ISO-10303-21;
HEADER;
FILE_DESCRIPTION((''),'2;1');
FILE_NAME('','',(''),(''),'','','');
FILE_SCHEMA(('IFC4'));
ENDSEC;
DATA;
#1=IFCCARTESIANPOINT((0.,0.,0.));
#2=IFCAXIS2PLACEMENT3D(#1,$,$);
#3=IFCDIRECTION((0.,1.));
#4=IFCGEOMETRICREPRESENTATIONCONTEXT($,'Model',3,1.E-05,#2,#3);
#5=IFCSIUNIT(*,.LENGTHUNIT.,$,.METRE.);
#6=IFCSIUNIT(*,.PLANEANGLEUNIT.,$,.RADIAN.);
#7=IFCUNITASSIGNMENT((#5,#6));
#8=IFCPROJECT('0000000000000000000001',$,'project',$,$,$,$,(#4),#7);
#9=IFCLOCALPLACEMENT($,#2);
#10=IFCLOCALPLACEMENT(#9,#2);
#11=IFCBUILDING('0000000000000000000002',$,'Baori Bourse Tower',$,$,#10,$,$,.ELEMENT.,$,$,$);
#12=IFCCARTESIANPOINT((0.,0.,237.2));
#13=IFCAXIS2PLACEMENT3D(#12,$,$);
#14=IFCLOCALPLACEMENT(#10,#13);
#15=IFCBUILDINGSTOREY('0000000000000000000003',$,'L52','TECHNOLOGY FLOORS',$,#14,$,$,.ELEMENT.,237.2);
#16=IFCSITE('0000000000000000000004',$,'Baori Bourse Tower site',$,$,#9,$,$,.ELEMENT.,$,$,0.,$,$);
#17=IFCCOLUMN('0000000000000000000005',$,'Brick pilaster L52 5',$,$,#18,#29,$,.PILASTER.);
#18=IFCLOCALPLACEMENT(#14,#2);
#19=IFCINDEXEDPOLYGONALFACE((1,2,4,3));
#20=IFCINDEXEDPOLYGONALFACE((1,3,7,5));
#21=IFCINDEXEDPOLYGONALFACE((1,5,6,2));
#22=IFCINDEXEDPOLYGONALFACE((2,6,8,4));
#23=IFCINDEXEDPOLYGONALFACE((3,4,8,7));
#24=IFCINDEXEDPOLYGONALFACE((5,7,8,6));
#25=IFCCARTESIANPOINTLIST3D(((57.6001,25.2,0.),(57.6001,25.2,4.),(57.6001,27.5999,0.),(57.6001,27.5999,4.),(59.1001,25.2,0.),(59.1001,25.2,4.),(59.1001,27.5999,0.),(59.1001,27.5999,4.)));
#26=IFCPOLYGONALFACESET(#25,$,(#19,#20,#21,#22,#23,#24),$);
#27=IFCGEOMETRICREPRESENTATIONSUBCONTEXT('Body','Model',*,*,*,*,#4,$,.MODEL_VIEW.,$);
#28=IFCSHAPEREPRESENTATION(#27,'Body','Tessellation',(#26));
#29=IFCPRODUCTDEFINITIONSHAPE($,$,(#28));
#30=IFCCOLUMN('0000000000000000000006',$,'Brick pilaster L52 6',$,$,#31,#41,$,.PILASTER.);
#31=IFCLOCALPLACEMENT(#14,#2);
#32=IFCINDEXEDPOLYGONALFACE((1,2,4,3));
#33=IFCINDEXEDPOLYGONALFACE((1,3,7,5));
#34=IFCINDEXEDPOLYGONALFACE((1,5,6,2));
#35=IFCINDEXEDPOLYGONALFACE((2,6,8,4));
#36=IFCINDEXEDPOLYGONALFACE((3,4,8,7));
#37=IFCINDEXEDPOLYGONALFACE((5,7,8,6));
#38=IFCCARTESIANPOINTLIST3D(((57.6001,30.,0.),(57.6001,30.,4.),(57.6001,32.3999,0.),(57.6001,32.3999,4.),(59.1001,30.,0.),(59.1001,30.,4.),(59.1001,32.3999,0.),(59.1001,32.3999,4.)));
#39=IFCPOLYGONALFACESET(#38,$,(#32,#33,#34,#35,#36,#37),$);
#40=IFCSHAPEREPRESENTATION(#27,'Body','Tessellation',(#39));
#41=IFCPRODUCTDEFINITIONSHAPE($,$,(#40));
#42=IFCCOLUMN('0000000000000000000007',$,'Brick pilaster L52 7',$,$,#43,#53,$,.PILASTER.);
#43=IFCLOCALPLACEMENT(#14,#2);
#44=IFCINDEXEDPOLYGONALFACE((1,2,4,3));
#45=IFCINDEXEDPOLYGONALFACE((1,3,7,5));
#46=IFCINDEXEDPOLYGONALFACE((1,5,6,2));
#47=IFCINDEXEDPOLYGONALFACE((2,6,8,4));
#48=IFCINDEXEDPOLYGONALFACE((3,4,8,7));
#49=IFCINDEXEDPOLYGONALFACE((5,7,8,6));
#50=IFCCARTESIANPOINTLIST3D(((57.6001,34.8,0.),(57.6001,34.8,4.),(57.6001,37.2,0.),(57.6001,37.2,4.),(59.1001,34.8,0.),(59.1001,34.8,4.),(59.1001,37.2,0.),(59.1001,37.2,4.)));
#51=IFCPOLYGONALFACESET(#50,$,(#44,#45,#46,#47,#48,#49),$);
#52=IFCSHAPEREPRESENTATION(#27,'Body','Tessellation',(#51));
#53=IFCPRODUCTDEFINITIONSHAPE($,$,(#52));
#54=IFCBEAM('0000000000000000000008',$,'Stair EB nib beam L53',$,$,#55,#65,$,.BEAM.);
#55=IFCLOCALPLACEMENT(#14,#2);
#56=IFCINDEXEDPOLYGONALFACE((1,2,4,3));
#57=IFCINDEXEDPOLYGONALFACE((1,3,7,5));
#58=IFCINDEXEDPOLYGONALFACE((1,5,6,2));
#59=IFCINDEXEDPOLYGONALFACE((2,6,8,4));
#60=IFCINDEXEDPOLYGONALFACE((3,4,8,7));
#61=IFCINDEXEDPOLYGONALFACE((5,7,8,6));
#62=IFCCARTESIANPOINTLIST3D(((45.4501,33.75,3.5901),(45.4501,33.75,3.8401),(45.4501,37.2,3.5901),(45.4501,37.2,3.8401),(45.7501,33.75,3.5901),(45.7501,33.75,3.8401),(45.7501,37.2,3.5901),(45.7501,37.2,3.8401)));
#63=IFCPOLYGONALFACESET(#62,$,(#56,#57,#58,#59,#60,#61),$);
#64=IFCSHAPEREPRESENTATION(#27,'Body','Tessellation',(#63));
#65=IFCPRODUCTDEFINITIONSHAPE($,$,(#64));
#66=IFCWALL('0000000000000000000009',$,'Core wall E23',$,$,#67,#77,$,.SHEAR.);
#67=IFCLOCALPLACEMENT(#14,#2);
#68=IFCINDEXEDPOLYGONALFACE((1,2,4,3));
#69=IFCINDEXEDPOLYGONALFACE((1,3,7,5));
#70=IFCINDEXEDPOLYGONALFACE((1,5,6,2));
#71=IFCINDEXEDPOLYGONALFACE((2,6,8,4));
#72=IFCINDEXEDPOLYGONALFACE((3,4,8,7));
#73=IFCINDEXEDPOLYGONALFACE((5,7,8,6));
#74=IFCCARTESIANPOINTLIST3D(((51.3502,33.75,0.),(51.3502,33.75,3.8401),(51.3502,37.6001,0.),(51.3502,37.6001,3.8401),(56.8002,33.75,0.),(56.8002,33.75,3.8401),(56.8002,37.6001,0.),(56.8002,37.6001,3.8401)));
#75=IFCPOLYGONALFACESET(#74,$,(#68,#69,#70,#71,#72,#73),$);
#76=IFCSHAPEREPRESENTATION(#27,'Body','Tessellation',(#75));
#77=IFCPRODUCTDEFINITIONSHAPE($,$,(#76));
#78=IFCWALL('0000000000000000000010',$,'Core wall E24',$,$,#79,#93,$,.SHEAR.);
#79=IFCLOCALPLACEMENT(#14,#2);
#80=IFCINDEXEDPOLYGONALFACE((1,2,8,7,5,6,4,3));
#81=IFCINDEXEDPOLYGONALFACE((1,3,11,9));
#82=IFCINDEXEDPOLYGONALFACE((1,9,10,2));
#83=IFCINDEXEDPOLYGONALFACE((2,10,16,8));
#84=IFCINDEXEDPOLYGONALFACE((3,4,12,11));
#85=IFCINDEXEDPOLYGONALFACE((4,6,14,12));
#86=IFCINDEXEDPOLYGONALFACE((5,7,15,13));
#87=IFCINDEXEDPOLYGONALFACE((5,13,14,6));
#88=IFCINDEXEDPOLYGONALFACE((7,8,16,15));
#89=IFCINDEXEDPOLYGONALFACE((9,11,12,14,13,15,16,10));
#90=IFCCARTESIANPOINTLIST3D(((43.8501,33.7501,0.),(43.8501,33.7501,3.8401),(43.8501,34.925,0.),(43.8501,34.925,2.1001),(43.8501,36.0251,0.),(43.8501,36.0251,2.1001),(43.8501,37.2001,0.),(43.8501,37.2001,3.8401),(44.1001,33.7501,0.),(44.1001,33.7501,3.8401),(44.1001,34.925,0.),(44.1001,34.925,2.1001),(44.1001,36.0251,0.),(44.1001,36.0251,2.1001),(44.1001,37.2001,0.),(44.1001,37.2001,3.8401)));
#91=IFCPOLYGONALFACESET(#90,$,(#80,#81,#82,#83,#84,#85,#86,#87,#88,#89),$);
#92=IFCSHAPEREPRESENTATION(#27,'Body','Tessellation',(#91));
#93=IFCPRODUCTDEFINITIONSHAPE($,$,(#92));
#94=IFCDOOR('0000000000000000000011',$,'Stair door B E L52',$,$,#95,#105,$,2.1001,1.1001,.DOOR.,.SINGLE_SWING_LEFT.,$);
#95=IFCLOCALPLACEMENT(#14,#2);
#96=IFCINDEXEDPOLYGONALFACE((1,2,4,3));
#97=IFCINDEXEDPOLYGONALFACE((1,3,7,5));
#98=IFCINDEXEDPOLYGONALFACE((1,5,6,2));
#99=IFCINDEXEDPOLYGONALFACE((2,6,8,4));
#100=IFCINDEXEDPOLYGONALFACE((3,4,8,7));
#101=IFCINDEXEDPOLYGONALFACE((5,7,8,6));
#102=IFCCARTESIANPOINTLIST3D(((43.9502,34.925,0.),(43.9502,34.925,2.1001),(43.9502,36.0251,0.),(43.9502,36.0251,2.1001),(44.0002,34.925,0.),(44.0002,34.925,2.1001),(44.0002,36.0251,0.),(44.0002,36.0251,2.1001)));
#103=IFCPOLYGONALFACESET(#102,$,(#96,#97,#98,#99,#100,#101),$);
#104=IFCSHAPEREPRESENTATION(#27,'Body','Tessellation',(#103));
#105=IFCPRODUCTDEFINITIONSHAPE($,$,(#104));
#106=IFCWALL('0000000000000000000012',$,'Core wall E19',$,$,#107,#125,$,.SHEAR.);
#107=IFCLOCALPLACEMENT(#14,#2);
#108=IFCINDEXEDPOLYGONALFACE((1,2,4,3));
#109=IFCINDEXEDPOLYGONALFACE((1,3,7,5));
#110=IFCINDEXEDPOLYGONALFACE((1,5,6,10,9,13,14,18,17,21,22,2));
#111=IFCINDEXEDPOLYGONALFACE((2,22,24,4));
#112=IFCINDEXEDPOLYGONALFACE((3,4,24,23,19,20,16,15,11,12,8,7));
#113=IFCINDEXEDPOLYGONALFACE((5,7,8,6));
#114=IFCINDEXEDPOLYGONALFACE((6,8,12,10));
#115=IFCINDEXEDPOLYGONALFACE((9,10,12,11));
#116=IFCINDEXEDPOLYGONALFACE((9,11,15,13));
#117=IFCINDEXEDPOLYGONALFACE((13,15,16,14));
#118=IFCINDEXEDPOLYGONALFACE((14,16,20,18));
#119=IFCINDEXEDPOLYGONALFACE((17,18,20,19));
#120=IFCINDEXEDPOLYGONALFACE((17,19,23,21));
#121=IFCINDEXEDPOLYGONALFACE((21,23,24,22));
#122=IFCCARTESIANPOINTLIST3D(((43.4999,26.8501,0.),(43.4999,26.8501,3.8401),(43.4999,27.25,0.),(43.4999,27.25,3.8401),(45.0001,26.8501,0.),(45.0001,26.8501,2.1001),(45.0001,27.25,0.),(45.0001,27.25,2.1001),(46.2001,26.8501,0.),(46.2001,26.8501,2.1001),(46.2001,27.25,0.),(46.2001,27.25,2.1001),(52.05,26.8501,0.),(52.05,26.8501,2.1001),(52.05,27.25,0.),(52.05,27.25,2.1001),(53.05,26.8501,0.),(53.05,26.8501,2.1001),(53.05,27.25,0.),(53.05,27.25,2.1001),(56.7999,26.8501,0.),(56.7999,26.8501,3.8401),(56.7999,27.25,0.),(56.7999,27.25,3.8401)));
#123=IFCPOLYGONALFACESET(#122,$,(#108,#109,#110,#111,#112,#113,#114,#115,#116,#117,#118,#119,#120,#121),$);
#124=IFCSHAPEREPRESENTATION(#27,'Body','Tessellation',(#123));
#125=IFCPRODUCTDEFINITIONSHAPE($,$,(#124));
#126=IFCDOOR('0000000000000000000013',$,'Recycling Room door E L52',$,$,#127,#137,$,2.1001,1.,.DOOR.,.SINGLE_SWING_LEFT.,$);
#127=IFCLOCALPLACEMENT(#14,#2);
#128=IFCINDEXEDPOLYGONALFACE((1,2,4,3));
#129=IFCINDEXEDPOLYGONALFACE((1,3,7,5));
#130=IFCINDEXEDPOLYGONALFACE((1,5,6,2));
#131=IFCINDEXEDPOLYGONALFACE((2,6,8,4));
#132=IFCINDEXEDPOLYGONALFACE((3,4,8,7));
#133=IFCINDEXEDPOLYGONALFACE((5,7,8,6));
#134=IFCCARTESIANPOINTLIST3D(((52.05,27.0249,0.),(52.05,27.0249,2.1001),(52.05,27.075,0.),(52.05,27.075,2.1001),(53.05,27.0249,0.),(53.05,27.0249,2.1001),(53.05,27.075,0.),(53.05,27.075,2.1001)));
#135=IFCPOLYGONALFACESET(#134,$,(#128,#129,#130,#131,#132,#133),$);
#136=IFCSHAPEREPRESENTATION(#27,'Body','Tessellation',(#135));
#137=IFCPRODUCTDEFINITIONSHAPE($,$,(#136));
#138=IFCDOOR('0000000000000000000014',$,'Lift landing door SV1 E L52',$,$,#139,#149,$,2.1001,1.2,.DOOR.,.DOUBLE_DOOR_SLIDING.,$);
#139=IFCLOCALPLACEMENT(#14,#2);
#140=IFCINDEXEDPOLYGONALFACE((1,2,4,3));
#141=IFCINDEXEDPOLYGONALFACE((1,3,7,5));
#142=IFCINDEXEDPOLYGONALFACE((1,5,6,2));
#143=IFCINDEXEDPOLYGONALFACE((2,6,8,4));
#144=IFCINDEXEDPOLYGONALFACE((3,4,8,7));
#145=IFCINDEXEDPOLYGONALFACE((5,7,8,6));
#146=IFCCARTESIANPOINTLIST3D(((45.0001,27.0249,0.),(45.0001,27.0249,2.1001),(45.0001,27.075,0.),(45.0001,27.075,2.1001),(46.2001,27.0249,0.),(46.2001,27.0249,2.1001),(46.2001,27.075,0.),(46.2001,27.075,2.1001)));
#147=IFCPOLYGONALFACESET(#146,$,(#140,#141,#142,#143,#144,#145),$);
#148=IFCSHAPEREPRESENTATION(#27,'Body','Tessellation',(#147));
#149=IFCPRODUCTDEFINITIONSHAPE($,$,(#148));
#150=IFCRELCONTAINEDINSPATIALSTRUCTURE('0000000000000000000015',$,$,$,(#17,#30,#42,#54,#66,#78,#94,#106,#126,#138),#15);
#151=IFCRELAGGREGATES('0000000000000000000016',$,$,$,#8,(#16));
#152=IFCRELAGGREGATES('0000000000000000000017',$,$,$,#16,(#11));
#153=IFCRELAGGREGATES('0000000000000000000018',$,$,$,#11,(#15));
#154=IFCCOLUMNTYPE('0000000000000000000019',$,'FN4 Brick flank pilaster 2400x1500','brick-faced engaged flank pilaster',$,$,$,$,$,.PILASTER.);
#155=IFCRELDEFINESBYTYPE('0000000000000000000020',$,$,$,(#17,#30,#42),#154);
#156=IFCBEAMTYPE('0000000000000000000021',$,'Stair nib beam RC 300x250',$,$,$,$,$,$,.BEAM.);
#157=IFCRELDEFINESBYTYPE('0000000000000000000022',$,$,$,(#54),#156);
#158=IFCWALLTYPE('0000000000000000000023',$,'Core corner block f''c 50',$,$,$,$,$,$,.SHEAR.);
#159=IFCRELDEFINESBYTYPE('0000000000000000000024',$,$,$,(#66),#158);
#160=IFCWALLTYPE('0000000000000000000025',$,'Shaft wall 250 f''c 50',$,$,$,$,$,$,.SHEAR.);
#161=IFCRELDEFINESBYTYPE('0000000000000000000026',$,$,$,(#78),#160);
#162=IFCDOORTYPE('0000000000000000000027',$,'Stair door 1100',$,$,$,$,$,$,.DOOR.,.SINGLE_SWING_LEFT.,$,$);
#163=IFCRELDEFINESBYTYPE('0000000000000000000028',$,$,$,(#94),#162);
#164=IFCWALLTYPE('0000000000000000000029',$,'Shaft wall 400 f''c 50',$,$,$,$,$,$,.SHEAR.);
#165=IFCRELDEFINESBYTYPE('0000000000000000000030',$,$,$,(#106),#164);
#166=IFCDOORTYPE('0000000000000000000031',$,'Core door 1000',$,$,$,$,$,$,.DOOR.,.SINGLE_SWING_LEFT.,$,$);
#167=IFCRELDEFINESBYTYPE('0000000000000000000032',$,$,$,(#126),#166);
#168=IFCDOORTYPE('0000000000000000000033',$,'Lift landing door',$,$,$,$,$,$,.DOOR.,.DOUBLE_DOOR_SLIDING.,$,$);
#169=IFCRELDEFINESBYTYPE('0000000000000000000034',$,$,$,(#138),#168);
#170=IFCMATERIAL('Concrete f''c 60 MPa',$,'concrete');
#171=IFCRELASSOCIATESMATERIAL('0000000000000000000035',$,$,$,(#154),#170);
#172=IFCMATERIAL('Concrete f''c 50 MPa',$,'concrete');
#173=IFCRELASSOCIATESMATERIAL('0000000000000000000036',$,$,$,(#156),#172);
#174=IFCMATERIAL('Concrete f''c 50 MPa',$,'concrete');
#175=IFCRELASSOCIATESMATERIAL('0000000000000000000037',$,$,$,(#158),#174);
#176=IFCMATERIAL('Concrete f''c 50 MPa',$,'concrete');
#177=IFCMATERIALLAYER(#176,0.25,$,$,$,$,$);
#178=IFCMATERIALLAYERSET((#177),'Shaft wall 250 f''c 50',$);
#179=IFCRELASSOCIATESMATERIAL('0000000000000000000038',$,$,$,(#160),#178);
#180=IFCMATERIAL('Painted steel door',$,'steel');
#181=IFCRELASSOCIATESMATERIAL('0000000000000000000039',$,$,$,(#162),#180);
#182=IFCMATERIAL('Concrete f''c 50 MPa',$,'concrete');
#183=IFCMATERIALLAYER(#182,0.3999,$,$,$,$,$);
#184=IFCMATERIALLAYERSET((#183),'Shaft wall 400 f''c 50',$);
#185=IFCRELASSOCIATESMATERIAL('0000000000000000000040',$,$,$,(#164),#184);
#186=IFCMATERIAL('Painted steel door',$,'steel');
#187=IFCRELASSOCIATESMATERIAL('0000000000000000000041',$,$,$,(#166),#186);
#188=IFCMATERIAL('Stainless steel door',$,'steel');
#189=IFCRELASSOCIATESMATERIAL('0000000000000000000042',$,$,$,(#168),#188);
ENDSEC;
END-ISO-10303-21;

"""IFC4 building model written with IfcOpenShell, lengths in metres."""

from ifc_helpers import new_model, si_unit, direction, frame, frame_2d, origin, origin_2d, place, context, subcontext, project, spatial, rectangle, extrude, material, layer, layer_set, material_profile, profile_set, type_object, element, fill, save


model = new_model("IFC4")

# Units and contexts
model_context = context("Model", 3, precision=1e-05, world=origin(), true_north=direction((0.0, 1.0)))
body_context = subcontext(model_context, "Body", "Model", "MODEL_VIEW")
ifc_project = project(units=[si_unit("LENGTHUNIT", "METRE"), si_unit("PLANEANGLEUNIT", "RADIAN")], contexts=[model_context])

# Site, building, storey
site_placement = place(None, origin())
site = spatial("IfcSite", under=ifc_project, at=site_placement, Name="Baori Bourse Tower site", CompositionType="ELEMENT", RefElevation=0.0)
building_placement = place(site_placement, origin())
building = spatial("IfcBuilding", under=site, at=building_placement, Name="Baori Bourse Tower", CompositionType="ELEMENT")
storey_placement = place(building_placement, frame((0.0, 0.0, 237.2)))
storey = spatial("IfcBuildingStorey", under=building, at=storey_placement, Name="L52", Description="TECHNOLOGY FLOORS", CompositionType="ELEMENT", Elevation=237.2)

# Columns
ifc_material_1 = material(Name="Concrete f'c 60 MPa", Category="concrete")
ifc_material_profile_1 = material_profile(ifc_material_1, rectangle(XDim=2.3999, YDim=1.5, at=origin_2d()), Name="RC 2400x1500")
ifc_profile_set_1 = profile_set([ifc_material_profile_1], Name="Concrete f'c 60 MPa")
column_type = type_object("IfcColumnType", Name="FN4 Brick flank pilaster 2400x1500", Description="brick-faced engaged flank pilaster", PredefinedType="PILASTER", material=ifc_profile_set_1)
for number, where, z_axis, x_axis, name in (
    (1, (58.3501, 26.3999, 0.0), (0.0, 0.0, 1.0), (0.0, 1.0, 0.0), "Brick pilaster L52 5"),
    (2, (58.3501, 31.2, 0.0), (0.0, 0.0, 1.0), (0.0, 1.0, 0.0), "Brick pilaster L52 6"),
    (3, (58.3501, 36.0, 0.0), (0.0, 0.0, 1.0), (0.0, 1.0, 0.0), "Brick pilaster L52 7"),
):
    element("IfcColumn", number, at=place(storey_placement, frame(where, z_axis=z_axis, x_axis=x_axis)), inside=storey, type_object=column_type, Name=name, PredefinedType="PILASTER", context=body_context, shape_type="SweptSolid", body=[
        extrude(rectangle(XDim=2.3999, YDim=1.5, at=origin_2d()), origin(), (0.0, 0.0, 1.0), 4.0),
    ])

# Beam
ifc_material_2 = material(Name="Concrete f'c 50 MPa", Category="concrete")
ifc_material_profile_2 = material_profile(ifc_material_2, rectangle(XDim=0.3, YDim=0.25, at=origin_2d()), Name="RC 300x250")
ifc_profile_set_2 = profile_set([ifc_material_profile_2], Name="Concrete f'c 50 MPa")
beam_type = type_object("IfcBeamType", Name="Stair nib beam RC 300x250", PredefinedType="BEAM", material=ifc_profile_set_2)
beam_placement = place(storey_placement, frame((45.6001, 33.75, 3.7151), z_axis=(0.0, 1.0, 0.0), x_axis=(-1.0, 0.0, 0.0)))
element("IfcBeam", 4, at=beam_placement, inside=storey, type_object=beam_type, Name="Stair EB nib beam L53", PredefinedType="BEAM", context=body_context, shape_type="SweptSolid", body=[
    extrude(rectangle(XDim=0.3, YDim=0.25, at=origin_2d()), origin(), (0.0, 0.0, 1.0), 3.45),
])

# Wall
ifc_material_3 = material(Name="Concrete f'c 50 MPa", Category="concrete")
wall_type_1 = type_object("IfcWallType", Name="Core corner block f'c 50", PredefinedType="SHEAR", material=ifc_material_3)
wall_1_placement = place(storey_placement, frame((51.3501, 35.675, 0.0), z_axis=(0.0, 0.0, 1.0), x_axis=(1.0, 0.0, 0.0)))
element("IfcWall", 5, at=wall_1_placement, inside=storey, type_object=wall_type_1, Name="Core wall E23", PredefinedType="SHEAR", context=body_context, shape_type="SweptSolid", body=[
    extrude(rectangle(XDim=5.45, YDim=3.8501, at=frame_2d((2.7251, 0.0))), origin(), (0.0, 0.0, 1.0), 3.8401),
])

# Wall, opening, door
ifc_material_4 = material(Name="Concrete f'c 50 MPa", Category="concrete")
ifc_layer_1 = layer(ifc_material_4, 0.25)
ifc_layer_set_1 = layer_set([ifc_layer_1], Name="Shaft wall 250 f'c 50")
wall_type_2 = type_object("IfcWallType", Name="Shaft wall 250 f'c 50", PredefinedType="SHEAR", material=ifc_layer_set_1)
wall_2_placement = place(storey_placement, frame((43.9751, 33.75, 0.0), z_axis=(0.0, 0.0, 1.0), x_axis=(0.0, 1.0, 0.0)))
wall_2 = element("IfcWall", 6, at=wall_2_placement, inside=storey, type_object=wall_type_2, Name="Core wall E24", PredefinedType="SHEAR", context=body_context, shape_type="SweptSolid", body=[
    extrude(rectangle(XDim=3.45, YDim=0.25, at=frame_2d((1.7251, 0.0))), origin(), (0.0, 0.0, 1.0), 3.8401),
])
opening_1_placement = place(wall_2_placement, frame((1.175, 0.0, 0.0)))
opening_1 = element("IfcOpeningElement", 7, at=opening_1_placement, cuts=wall_2, PredefinedType="OPENING", context=body_context, shape_type="SweptSolid", body=[
    extrude(rectangle(XDim=1.1001, YDim=2.1001, at=frame_2d((0.55, 1.05))), frame((0.0, 0.135, 0.0), z_axis=(0.0, -1.0, 0.0), x_axis=(1.0, 0.0, 0.0)), (0.0, 0.0, 1.0), 0.27),
])
ifc_material_5 = material(Name="Painted steel door", Category="steel")
door_type_1 = type_object("IfcDoorType", Name="Stair door 1100", OperationType="SINGLE_SWING_LEFT", PredefinedType="DOOR", material=ifc_material_5)
door_1_placement = place(opening_1_placement, origin())
door_1 = element("IfcDoor", 8, at=door_1_placement, inside=storey, type_object=door_type_1, Name="Stair door B E L52", OperationType="SINGLE_SWING_LEFT", OverallHeight=2.1001, OverallWidth=1.1001, PredefinedType="DOOR", context=body_context, shape_type="SweptSolid", body=[
    extrude(rectangle(XDim=1.1001, YDim=2.1001, at=frame_2d((0.55, 1.05))), frame((0.0, 0.0249, 0.0), z_axis=(0.0, -1.0, 0.0), x_axis=(1.0, 0.0, 0.0)), (0.0, 0.0, 1.0), 0.05),
])
fill(opening_1, door_1)

# Wall, openings, doors
ifc_material_6 = material(Name="Concrete f'c 50 MPa", Category="concrete")
ifc_layer_2 = layer(ifc_material_6, 0.3999)
ifc_layer_set_2 = layer_set([ifc_layer_2], Name="Shaft wall 400 f'c 50")
wall_type_3 = type_object("IfcWallType", Name="Shaft wall 400 f'c 50", PredefinedType="SHEAR", material=ifc_layer_set_2)
wall_3_placement = place(storey_placement, frame((43.5, 27.05, 0.0), z_axis=(0.0, 0.0, 1.0), x_axis=(1.0, 0.0, 0.0)))
wall_3 = element("IfcWall", 9, at=wall_3_placement, inside=storey, type_object=wall_type_3, Name="Core wall E19", PredefinedType="SHEAR", context=body_context, shape_type="SweptSolid", body=[
    extrude(rectangle(XDim=13.3, YDim=0.3999, at=frame_2d((6.6499, 0.0))), origin(), (0.0, 0.0, 1.0), 3.8401),
])
opening_2_placement = place(wall_3_placement, frame((8.55, 0.0, 0.0)))
opening_2 = element("IfcOpeningElement", 10, at=opening_2_placement, cuts=wall_3, PredefinedType="OPENING", context=body_context, shape_type="SweptSolid", body=[
    extrude(rectangle(XDim=1.0, YDim=2.1001, at=frame_2d((0.5, 1.05))), frame((0.0, 0.21, 0.0), z_axis=(0.0, -1.0, 0.0), x_axis=(1.0, 0.0, 0.0)), (0.0, 0.0, 1.0), 0.4199),
])
opening_3_placement = place(wall_3_placement, frame((1.5, 0.0, 0.0)))
opening_3 = element("IfcOpeningElement", 11, at=opening_3_placement, cuts=wall_3, PredefinedType="OPENING", context=body_context, shape_type="SweptSolid", body=[
    extrude(rectangle(XDim=1.2, YDim=2.1001, at=frame_2d((0.6001, 1.05))), frame((0.0, 0.21, 0.0), z_axis=(0.0, -1.0, 0.0), x_axis=(1.0, 0.0, 0.0)), (0.0, 0.0, 1.0), 0.4199),
])
ifc_material_7 = material(Name="Painted steel door", Category="steel")
door_type_2 = type_object("IfcDoorType", Name="Core door 1000", OperationType="SINGLE_SWING_LEFT", PredefinedType="DOOR", material=ifc_material_7)
door_2_placement = place(opening_2_placement, origin())
door_2 = element("IfcDoor", 12, at=door_2_placement, inside=storey, type_object=door_type_2, Name="Recycling Room door E L52", OperationType="SINGLE_SWING_LEFT", OverallHeight=2.1001, OverallWidth=1.0, PredefinedType="DOOR", context=body_context, shape_type="SweptSolid", body=[
    extrude(rectangle(XDim=1.0, YDim=2.1001, at=frame_2d((0.5, 1.05))), frame((0.0, 0.0249, 0.0), z_axis=(0.0, -1.0, 0.0), x_axis=(1.0, 0.0, 0.0)), (0.0, 0.0, 1.0), 0.05),
])
fill(opening_2, door_2)
ifc_material_8 = material(Name="Stainless steel door", Category="steel")
door_type_3 = type_object("IfcDoorType", Name="Lift landing door", OperationType="DOUBLE_DOOR_SLIDING", PredefinedType="DOOR", material=ifc_material_8)
door_3_placement = place(opening_3_placement, origin())
door_3 = element("IfcDoor", 13, at=door_3_placement, inside=storey, type_object=door_type_3, Name="Lift landing door SV1 E L52", OperationType="DOUBLE_DOOR_SLIDING", OverallHeight=2.1001, OverallWidth=1.2, PredefinedType="DOOR", context=body_context, shape_type="SweptSolid", body=[
    extrude(rectangle(XDim=1.2, YDim=2.1001, at=frame_2d((0.6001, 1.05))), frame((0.0, 0.0249, 0.0), z_axis=(0.0, -1.0, 0.0), x_axis=(1.0, 0.0, 0.0)), (0.0, 0.0, 1.0), 0.05),
])
fill(opening_3, door_3)

save(model, "model.ifc")
